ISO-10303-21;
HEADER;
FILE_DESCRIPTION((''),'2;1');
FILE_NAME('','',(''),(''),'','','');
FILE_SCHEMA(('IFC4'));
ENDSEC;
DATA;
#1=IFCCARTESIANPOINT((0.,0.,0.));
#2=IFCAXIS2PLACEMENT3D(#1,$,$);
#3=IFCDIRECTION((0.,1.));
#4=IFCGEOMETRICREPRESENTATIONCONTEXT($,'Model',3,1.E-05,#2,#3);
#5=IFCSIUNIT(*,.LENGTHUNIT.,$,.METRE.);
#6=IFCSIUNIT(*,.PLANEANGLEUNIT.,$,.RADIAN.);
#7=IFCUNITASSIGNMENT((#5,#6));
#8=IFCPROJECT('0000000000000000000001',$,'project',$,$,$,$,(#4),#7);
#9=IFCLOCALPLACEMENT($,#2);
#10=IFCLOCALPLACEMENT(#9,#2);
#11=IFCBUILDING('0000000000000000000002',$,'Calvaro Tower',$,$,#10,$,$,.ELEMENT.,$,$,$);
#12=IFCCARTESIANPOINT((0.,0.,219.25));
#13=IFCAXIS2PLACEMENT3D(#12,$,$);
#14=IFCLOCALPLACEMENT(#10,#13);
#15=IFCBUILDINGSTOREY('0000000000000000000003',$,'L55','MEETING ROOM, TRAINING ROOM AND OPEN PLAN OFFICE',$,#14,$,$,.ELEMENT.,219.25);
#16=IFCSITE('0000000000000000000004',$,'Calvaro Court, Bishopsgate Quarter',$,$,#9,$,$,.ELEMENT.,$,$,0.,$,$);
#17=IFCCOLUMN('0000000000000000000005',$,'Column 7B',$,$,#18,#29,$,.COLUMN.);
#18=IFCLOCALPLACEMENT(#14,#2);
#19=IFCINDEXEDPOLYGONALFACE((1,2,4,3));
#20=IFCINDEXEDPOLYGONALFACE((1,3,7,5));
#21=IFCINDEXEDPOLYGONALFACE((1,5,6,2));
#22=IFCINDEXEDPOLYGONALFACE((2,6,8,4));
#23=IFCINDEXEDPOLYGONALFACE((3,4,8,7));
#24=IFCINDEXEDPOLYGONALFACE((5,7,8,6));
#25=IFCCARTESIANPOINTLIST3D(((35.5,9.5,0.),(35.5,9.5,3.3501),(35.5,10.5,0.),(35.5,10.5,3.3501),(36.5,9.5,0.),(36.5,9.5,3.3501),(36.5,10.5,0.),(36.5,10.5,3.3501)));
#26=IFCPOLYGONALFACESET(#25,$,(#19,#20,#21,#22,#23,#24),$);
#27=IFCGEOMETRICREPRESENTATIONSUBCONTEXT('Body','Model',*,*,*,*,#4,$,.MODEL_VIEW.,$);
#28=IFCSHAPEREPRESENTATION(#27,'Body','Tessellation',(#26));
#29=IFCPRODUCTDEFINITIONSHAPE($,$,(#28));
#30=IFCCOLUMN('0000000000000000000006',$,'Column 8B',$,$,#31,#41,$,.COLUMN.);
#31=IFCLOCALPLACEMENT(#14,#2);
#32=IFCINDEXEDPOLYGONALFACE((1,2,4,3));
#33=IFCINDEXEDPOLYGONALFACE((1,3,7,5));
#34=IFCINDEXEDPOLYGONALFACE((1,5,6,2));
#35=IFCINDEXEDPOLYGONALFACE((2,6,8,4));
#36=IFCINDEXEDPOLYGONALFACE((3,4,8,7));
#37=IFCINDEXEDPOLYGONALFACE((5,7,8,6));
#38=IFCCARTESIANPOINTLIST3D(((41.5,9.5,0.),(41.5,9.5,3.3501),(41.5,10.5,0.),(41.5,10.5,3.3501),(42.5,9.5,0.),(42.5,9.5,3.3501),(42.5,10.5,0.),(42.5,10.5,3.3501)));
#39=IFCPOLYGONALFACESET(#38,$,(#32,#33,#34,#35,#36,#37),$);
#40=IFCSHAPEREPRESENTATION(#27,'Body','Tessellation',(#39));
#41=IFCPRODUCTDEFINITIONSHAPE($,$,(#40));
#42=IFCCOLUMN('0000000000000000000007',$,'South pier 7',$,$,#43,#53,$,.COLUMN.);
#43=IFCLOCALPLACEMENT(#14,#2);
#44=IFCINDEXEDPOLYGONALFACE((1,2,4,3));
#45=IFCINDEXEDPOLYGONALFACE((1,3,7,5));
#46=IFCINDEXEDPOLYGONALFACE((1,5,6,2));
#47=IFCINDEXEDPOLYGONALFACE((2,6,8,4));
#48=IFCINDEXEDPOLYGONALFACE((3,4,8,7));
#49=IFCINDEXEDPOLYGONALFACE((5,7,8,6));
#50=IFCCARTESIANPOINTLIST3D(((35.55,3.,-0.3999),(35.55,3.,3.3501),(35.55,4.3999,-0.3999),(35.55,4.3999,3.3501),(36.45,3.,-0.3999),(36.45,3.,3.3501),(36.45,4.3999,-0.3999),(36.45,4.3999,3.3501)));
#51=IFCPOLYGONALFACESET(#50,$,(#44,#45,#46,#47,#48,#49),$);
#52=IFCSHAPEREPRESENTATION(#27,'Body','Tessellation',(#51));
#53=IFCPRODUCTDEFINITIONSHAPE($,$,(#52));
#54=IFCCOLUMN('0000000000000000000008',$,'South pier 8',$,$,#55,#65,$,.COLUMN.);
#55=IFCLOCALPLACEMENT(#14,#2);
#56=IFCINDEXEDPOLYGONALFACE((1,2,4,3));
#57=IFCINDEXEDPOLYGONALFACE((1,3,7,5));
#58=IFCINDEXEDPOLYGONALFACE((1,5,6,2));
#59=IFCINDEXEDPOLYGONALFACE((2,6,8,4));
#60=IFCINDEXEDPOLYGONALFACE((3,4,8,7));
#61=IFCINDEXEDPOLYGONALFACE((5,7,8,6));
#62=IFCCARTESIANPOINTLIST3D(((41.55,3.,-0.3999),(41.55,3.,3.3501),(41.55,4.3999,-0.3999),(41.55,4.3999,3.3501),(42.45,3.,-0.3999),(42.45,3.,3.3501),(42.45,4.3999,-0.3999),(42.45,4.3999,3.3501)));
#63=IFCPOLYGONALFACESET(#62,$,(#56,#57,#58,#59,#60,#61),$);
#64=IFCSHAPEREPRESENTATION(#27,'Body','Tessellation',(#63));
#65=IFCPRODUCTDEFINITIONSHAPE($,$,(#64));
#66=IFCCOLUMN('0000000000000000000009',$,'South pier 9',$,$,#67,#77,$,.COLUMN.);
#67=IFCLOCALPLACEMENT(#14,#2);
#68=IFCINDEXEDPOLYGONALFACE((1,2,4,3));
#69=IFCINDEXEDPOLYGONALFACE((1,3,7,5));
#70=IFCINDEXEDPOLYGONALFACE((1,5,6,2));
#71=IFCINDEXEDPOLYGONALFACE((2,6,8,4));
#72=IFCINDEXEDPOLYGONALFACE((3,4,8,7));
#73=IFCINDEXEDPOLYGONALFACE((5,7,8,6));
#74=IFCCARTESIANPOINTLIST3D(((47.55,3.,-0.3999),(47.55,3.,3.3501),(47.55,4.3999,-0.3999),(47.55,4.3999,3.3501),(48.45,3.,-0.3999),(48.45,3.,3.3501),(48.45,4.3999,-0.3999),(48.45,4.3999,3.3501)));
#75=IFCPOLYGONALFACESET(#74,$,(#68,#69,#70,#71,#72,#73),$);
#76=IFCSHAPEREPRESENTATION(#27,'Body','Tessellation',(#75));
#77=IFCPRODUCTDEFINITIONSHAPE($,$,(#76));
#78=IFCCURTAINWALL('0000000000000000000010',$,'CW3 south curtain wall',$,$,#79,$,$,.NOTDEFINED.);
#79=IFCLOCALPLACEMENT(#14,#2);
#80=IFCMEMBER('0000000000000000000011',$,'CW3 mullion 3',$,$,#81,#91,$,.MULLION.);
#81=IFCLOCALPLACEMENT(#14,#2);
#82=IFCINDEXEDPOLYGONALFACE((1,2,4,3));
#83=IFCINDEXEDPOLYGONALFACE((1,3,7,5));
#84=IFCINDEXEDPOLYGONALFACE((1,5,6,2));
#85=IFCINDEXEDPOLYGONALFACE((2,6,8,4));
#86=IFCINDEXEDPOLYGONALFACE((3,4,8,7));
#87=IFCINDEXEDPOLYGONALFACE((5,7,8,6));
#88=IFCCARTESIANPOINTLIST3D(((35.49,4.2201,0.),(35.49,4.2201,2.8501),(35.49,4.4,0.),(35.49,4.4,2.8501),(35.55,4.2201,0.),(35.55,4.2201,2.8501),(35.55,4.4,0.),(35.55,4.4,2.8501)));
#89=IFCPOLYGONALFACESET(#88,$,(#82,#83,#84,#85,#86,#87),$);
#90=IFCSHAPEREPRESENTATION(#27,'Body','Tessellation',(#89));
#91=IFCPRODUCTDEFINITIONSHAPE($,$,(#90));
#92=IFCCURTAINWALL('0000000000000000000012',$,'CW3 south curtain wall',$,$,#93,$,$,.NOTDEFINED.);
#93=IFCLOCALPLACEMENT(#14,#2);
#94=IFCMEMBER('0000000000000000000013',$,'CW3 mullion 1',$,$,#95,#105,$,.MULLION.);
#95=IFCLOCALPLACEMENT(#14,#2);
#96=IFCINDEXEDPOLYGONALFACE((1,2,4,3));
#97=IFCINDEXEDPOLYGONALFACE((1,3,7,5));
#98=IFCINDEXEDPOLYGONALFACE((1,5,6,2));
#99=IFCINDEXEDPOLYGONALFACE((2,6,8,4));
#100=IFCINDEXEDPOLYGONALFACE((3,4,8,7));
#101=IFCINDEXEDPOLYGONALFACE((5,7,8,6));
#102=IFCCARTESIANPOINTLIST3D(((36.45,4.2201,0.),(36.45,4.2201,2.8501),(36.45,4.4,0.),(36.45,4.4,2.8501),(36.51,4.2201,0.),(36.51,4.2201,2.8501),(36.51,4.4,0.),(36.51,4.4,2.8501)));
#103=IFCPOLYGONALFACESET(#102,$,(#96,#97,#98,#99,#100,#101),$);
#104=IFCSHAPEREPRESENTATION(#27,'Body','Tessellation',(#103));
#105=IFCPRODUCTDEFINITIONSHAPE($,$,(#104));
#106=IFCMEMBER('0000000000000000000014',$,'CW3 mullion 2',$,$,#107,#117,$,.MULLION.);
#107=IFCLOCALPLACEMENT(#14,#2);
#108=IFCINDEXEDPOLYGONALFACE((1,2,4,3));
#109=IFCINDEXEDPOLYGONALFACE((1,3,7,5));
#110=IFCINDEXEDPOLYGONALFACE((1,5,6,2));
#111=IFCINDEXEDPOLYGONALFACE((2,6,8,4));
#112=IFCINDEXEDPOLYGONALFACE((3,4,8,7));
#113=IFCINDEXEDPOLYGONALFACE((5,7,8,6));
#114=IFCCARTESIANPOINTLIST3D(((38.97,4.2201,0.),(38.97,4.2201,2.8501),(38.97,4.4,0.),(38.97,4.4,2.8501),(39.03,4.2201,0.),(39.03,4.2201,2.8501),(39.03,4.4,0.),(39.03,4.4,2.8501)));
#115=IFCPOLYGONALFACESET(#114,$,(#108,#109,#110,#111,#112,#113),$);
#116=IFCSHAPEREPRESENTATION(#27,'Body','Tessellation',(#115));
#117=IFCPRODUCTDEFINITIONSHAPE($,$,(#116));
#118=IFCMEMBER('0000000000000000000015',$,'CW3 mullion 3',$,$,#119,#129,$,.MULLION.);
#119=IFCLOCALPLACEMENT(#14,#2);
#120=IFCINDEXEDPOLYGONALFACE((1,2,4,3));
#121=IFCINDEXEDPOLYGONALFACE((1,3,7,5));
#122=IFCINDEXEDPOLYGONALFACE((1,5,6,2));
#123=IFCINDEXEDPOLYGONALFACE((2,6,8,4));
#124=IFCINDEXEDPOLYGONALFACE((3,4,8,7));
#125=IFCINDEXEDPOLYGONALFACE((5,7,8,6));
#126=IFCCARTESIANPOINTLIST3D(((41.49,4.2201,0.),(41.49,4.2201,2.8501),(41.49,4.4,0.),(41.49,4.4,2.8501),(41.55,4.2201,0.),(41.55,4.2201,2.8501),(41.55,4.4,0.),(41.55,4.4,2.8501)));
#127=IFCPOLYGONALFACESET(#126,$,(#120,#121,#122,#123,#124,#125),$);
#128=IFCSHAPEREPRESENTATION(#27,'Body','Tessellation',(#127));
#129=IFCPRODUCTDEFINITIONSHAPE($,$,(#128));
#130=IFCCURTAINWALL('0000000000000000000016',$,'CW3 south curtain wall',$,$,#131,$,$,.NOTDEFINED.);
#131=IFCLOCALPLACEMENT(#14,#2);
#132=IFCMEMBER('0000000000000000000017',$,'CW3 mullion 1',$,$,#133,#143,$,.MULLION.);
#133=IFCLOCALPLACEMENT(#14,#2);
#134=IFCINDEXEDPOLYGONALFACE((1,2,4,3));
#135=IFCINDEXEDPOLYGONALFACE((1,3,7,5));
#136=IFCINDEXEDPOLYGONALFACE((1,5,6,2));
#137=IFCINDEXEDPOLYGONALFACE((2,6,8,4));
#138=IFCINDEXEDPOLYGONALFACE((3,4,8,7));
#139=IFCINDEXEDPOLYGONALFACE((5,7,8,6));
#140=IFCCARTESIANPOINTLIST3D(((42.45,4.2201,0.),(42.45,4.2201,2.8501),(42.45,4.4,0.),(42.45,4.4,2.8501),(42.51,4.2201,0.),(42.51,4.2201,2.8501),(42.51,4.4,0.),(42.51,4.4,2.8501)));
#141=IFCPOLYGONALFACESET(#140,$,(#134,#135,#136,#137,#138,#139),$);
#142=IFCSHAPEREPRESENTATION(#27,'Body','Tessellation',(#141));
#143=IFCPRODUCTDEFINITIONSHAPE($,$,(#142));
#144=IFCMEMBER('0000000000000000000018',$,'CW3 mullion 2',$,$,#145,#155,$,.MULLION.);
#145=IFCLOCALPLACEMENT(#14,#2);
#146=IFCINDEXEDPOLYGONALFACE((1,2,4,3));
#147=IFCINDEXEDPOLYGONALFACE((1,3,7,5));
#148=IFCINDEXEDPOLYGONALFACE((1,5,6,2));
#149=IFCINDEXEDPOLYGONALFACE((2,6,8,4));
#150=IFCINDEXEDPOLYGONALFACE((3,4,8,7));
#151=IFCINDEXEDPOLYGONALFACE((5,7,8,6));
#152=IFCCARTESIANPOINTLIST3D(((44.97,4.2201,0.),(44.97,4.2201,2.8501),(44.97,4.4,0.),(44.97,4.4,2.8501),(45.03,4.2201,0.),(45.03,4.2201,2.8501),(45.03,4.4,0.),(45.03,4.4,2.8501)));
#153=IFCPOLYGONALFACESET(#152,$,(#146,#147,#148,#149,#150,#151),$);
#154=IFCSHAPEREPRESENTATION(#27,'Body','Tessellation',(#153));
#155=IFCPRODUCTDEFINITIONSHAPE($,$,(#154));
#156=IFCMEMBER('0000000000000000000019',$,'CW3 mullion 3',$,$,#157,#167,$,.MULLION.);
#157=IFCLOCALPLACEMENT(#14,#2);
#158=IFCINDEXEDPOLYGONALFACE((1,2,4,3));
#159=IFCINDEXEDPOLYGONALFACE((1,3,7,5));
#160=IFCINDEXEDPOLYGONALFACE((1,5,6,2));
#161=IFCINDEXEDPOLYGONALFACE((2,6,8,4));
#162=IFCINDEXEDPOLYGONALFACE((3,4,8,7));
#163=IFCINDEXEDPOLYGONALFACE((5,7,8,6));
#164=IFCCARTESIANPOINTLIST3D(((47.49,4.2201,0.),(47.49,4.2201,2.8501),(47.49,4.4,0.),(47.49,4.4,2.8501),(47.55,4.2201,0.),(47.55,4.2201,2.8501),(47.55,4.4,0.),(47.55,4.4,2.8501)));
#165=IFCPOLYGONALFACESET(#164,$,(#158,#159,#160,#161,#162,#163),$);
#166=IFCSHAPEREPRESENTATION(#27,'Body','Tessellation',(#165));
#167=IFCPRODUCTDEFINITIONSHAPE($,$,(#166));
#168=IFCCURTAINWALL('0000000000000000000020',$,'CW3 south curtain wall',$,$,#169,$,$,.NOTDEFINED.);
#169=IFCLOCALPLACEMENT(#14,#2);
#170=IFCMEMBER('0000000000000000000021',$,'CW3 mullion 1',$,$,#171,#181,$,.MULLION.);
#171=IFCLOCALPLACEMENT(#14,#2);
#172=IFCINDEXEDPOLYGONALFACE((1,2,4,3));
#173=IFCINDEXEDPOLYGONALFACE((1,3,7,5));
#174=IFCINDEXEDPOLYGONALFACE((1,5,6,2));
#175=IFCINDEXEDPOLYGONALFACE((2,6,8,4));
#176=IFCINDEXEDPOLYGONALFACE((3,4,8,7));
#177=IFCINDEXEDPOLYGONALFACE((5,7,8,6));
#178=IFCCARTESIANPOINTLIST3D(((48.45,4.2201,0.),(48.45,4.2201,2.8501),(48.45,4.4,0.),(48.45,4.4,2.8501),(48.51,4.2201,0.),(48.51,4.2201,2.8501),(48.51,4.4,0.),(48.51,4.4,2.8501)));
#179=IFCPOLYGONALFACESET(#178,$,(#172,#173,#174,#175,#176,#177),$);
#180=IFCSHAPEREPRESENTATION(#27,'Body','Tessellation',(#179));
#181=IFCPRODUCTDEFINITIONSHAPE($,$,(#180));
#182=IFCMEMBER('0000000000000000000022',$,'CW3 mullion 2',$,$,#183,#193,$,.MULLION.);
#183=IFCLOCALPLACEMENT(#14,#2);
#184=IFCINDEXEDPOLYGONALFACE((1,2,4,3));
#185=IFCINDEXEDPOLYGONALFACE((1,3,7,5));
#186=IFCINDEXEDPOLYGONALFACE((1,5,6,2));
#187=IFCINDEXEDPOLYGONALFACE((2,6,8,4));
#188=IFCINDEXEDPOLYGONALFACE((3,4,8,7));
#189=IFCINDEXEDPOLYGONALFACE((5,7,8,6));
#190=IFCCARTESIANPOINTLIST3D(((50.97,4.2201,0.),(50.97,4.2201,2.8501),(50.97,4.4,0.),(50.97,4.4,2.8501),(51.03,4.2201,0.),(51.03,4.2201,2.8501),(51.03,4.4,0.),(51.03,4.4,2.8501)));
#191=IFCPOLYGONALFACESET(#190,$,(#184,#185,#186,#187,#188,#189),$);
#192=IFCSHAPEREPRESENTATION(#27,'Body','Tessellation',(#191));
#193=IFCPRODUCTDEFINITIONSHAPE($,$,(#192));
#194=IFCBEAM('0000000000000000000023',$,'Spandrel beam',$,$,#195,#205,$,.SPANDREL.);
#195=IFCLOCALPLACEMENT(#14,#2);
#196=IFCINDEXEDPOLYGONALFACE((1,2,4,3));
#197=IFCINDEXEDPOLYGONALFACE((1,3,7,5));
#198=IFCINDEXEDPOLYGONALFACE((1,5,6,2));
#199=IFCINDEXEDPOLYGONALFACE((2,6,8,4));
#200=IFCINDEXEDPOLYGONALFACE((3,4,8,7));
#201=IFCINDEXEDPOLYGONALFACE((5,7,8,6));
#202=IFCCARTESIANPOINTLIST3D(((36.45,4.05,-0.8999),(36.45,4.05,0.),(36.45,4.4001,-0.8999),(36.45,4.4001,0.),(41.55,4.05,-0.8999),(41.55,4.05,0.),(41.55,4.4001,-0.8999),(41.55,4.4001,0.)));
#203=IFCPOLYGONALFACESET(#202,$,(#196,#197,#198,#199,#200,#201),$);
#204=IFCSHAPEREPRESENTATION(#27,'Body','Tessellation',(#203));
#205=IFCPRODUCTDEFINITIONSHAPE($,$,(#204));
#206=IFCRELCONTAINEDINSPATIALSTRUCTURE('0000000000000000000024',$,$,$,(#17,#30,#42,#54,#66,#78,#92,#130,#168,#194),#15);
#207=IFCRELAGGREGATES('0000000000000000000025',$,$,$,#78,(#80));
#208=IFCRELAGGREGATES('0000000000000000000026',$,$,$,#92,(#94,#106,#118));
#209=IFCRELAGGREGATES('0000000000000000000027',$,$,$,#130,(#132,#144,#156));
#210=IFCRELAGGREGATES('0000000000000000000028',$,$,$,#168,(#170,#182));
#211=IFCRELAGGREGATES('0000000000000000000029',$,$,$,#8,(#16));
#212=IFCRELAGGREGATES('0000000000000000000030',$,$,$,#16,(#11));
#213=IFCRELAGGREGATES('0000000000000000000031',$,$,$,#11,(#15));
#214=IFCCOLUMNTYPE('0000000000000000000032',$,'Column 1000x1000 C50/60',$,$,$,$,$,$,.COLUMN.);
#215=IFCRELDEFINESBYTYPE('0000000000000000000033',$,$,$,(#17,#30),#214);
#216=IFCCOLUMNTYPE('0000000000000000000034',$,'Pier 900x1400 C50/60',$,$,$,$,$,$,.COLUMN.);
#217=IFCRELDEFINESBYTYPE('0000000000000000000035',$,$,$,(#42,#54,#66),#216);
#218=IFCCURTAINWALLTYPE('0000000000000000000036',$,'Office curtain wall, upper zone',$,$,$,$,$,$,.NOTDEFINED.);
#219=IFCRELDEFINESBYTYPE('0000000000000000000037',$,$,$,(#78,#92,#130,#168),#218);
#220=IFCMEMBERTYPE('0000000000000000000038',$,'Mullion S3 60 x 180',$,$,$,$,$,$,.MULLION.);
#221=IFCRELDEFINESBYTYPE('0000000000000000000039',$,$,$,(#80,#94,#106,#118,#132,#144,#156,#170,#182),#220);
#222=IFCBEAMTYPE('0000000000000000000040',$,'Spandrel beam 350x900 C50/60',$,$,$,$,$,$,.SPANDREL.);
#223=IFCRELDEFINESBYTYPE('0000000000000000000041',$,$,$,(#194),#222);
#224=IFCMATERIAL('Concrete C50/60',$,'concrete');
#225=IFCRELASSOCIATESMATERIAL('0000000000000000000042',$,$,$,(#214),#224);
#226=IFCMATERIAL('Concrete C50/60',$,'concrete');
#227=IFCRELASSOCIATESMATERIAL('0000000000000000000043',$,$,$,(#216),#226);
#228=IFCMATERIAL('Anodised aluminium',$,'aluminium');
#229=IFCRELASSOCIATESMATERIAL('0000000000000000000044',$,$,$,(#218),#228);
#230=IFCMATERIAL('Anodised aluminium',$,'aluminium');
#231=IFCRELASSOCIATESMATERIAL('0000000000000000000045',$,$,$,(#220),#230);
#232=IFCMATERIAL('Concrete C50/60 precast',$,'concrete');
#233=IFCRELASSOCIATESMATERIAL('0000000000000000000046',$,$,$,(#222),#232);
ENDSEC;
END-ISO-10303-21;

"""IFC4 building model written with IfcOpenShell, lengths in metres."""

from ifc_helpers import new_model, si_unit, direction, frame, origin, origin_2d, place, context, subcontext, project, spatial, rectangle, extrude, material, material_profile, profile_set, type_object, element, aggregate, save


model = new_model("IFC4")

# Units and contexts
model_context = context("Model", 3, precision=1e-05, world=origin(), true_north=direction((0.0, 1.0)))
body_context = subcontext(model_context, "Body", "Model", "MODEL_VIEW")
ifc_project = project(units=[si_unit("LENGTHUNIT", "METRE"), si_unit("PLANEANGLEUNIT", "RADIAN")], contexts=[model_context])

# Site, building, storey
site_placement = place(None, origin())
site = spatial("IfcSite", under=ifc_project, at=site_placement, Name="Calvaro Court, Bishopsgate Quarter", CompositionType="ELEMENT", RefElevation=0.0)
building_placement = place(site_placement, origin())
building = spatial("IfcBuilding", under=site, at=building_placement, Name="Calvaro Tower", CompositionType="ELEMENT")
storey_placement = place(building_placement, frame((0.0, 0.0, 219.25)))
storey = spatial("IfcBuildingStorey", under=building, at=storey_placement, Name="L55", Description="MEETING ROOM, TRAINING ROOM AND OPEN PLAN OFFICE", CompositionType="ELEMENT", Elevation=219.25)

# Columns
ifc_material_1 = material(Name="Concrete C50/60", Category="concrete")
ifc_material_profile_1 = material_profile(ifc_material_1, rectangle(XDim=1.0, YDim=1.0, at=origin_2d()), Name="RC 1000x1000")
ifc_profile_set_1 = profile_set([ifc_material_profile_1], Name="Concrete C50/60")
column_type_1 = type_object("IfcColumnType", Name="Column 1000x1000 C50/60", PredefinedType="COLUMN", material=ifc_profile_set_1)
for number, where, z_axis, x_axis, name in (
    (1, (36.0, 10.0, 0.0), (0.0, 0.0, 1.0), (1.0, 0.0, 0.0), "Column 7B"),
    (2, (42.0, 10.0, 0.0), (0.0, 0.0, 1.0), (1.0, 0.0, 0.0), "Column 8B"),
):
    element("IfcColumn", number, at=place(storey_placement, frame(where, z_axis=z_axis, x_axis=x_axis)), inside=storey, type_object=column_type_1, Name=name, PredefinedType="COLUMN", context=body_context, shape_type="SweptSolid", body=[
        extrude(rectangle(XDim=1.0, YDim=1.0, at=origin_2d()), origin(), (0.0, 0.0, 1.0), 3.3501),
    ])
ifc_material_2 = material(Name="Concrete C50/60", Category="concrete")
ifc_material_profile_2 = material_profile(ifc_material_2, rectangle(XDim=0.8999, YDim=1.3999, at=origin_2d()), Name="RC 900x1400")
ifc_profile_set_2 = profile_set([ifc_material_profile_2], Name="Concrete C50/60")
column_type_2 = type_object("IfcColumnType", Name="Pier 900x1400 C50/60", PredefinedType="COLUMN", material=ifc_profile_set_2)
for number, where, z_axis, x_axis, name in (
    (3, (36.0, 3.7, -0.3999), (0.0, 0.0, 1.0), (1.0, 0.0, 0.0), "South pier 7"),
    (4, (42.0, 3.7, -0.3999), (0.0, 0.0, 1.0), (1.0, 0.0, 0.0), "South pier 8"),
    (5, (48.0, 3.7, -0.3999), (0.0, 0.0, 1.0), (1.0, 0.0, 0.0), "South pier 9"),
):
    element("IfcColumn", number, at=place(storey_placement, frame(where, z_axis=z_axis, x_axis=x_axis)), inside=storey, type_object=column_type_2, Name=name, PredefinedType="COLUMN", context=body_context, shape_type="SweptSolid", body=[
        extrude(rectangle(XDim=0.8999, YDim=1.3999, at=origin_2d()), origin(), (0.0, 0.0, 1.0), 3.75),
    ])

# Curtain wall, member
ifc_material_3 = material(Name="Anodised aluminium", Category="aluminium")
curtain_wall_type = type_object("IfcCurtainWallType", Name="Office curtain wall, upper zone", PredefinedType="NOTDEFINED", material=ifc_material_3)
curtain_wall_1_placement = place(storey_placement, origin())
curtain_wall_1 = element("IfcCurtainWall", 6, at=curtain_wall_1_placement, inside=storey, type_object=curtain_wall_type, Name="CW3 south curtain wall", PredefinedType="NOTDEFINED")
ifc_material_4 = material(Name="Anodised aluminium", Category="aluminium")
ifc_material_profile_3 = material_profile(ifc_material_4, rectangle(XDim=0.1799, YDim=0.0601, at=origin_2d()), Name="Mullion S3 60 x 180")
ifc_profile_set_3 = profile_set([ifc_material_profile_3], Name="Anodised aluminium")
member_type_1 = type_object("IfcMemberType", Name="Mullion S3 60 x 180", PredefinedType="MULLION", material=ifc_profile_set_3)
member_1_placement = place(storey_placement, frame((35.52, 4.3101, 0.0), z_axis=(0.0, 0.0, 1.0), x_axis=(0.0, 1.0, 0.0)))
member_1 = element("IfcMember", 7, at=member_1_placement, type_object=member_type_1, Name="CW3 mullion 3", PredefinedType="MULLION", context=body_context, shape_type="SweptSolid", body=[
    extrude(rectangle(XDim=0.1799, YDim=0.0601, at=origin_2d()), origin(), (0.0, 0.0, 1.0), 2.8501),
])
aggregate(curtain_wall_1, [member_1])

# Curtain walls, members
curtain_wall_2_placement = place(storey_placement, origin())
curtain_wall_2 = element("IfcCurtainWall", 8, at=curtain_wall_2_placement, inside=storey, type_object=curtain_wall_type, Name="CW3 south curtain wall", PredefinedType="NOTDEFINED")
member_2_placement = place(storey_placement, frame((36.48, 4.3101, 0.0), z_axis=(0.0, 0.0, 1.0), x_axis=(0.0, 1.0, 0.0)))
member_2 = element("IfcMember", 9, at=member_2_placement, type_object=member_type_1, Name="CW3 mullion 1", PredefinedType="MULLION", context=body_context, shape_type="SweptSolid", body=[
    extrude(rectangle(XDim=0.1799, YDim=0.0601, at=origin_2d()), origin(), (0.0, 0.0, 1.0), 2.8501),
])
member_3_placement = place(storey_placement, frame((39.0, 4.3101, 0.0), z_axis=(0.0, 0.0, 1.0), x_axis=(0.0, 1.0, 0.0)))
member_3 = element("IfcMember", 10, at=member_3_placement, type_object=member_type_1, Name="CW3 mullion 2", PredefinedType="MULLION", context=body_context, shape_type="SweptSolid", body=[
    extrude(rectangle(XDim=0.1799, YDim=0.0601, at=origin_2d()), origin(), (0.0, 0.0, 1.0), 2.8501),
])
member_4_placement = place(storey_placement, frame((41.52, 4.3101, 0.0), z_axis=(0.0, 0.0, 1.0), x_axis=(0.0, 1.0, 0.0)))
member_4 = element("IfcMember", 11, at=member_4_placement, type_object=member_type_1, Name="CW3 mullion 3", PredefinedType="MULLION", context=body_context, shape_type="SweptSolid", body=[
    extrude(rectangle(XDim=0.1799, YDim=0.0601, at=origin_2d()), origin(), (0.0, 0.0, 1.0), 2.8501),
])
curtain_wall_3_placement = place(storey_placement, origin())
curtain_wall_3 = element("IfcCurtainWall", 12, at=curtain_wall_3_placement, inside=storey, type_object=curtain_wall_type, Name="CW3 south curtain wall", PredefinedType="NOTDEFINED")
member_5_placement = place(storey_placement, frame((42.48, 4.3101, 0.0), z_axis=(0.0, 0.0, 1.0), x_axis=(0.0, 1.0, 0.0)))
member_5 = element("IfcMember", 13, at=member_5_placement, type_object=member_type_1, Name="CW3 mullion 1", PredefinedType="MULLION", context=body_context, shape_type="SweptSolid", body=[
    extrude(rectangle(XDim=0.1799, YDim=0.0601, at=origin_2d()), origin(), (0.0, 0.0, 1.0), 2.8501),
])
member_6_placement = place(storey_placement, frame((45.0, 4.3101, 0.0), z_axis=(0.0, 0.0, 1.0), x_axis=(0.0, 1.0, 0.0)))
member_6 = element("IfcMember", 14, at=member_6_placement, type_object=member_type_1, Name="CW3 mullion 2", PredefinedType="MULLION", context=body_context, shape_type="SweptSolid", body=[
    extrude(rectangle(XDim=0.1799, YDim=0.0601, at=origin_2d()), origin(), (0.0, 0.0, 1.0), 2.8501),
])
member_7_placement = place(storey_placement, frame((47.52, 4.3101, 0.0), z_axis=(0.0, 0.0, 1.0), x_axis=(0.0, 1.0, 0.0)))
member_7 = element("IfcMember", 15, at=member_7_placement, type_object=member_type_1, Name="CW3 mullion 3", PredefinedType="MULLION", context=body_context, shape_type="SweptSolid", body=[
    extrude(rectangle(XDim=0.1799, YDim=0.0601, at=origin_2d()), origin(), (0.0, 0.0, 1.0), 2.8501),
])
curtain_wall_4_placement = place(storey_placement, origin())
curtain_wall_4 = element("IfcCurtainWall", 16, at=curtain_wall_4_placement, inside=storey, type_object=curtain_wall_type, Name="CW3 south curtain wall", PredefinedType="NOTDEFINED")
member_8_placement = place(storey_placement, frame((48.48, 4.3101, 0.0), z_axis=(0.0, 0.0, 1.0), x_axis=(0.0, 1.0, 0.0)))
member_8 = element("IfcMember", 17, at=member_8_placement, type_object=member_type_1, Name="CW3 mullion 1", PredefinedType="MULLION", context=body_context, shape_type="SweptSolid", body=[
    extrude(rectangle(XDim=0.1799, YDim=0.0601, at=origin_2d()), origin(), (0.0, 0.0, 1.0), 2.8501),
])
member_9_placement = place(storey_placement, frame((51.0, 4.3101, 0.0), z_axis=(0.0, 0.0, 1.0), x_axis=(0.0, 1.0, 0.0)))
member_9 = element("IfcMember", 18, at=member_9_placement, type_object=member_type_1, Name="CW3 mullion 2", PredefinedType="MULLION", context=body_context, shape_type="SweptSolid", body=[
    extrude(rectangle(XDim=0.1799, YDim=0.0601, at=origin_2d()), origin(), (0.0, 0.0, 1.0), 2.8501),
])

# Beam
ifc_material_5 = material(Name="Concrete C50/60 precast", Category="concrete")
ifc_material_profile_4 = material_profile(ifc_material_5, rectangle(XDim=0.3501, YDim=0.8999, at=origin_2d()), Name="RC 350x900")
ifc_profile_set_4 = profile_set([ifc_material_profile_4], Name="Concrete C50/60 precast")
beam_type = type_object("IfcBeamType", Name="Spandrel beam 350x900 C50/60", PredefinedType="SPANDREL", material=ifc_profile_set_4)
for number, where, z_axis, x_axis, name in (
    (19, (36.45, 4.2251, -0.45), (1.0, 0.0, 0.0), (0.0, 1.0, 0.0), "Spandrel beam"),
):
    element("IfcBeam", number, at=place(storey_placement, frame(where, z_axis=z_axis, x_axis=x_axis)), inside=storey, type_object=beam_type, Name=name, PredefinedType="SPANDREL", context=body_context, shape_type="SweptSolid", body=[
        extrude(rectangle(XDim=0.3501, YDim=0.8999, at=origin_2d()), origin(), (0.0, 0.0, 1.0), 5.1001),
    ])

aggregate(curtain_wall_2, [member_2, member_3, member_4])
aggregate(curtain_wall_3, [member_5, member_6, member_7])
aggregate(curtain_wall_4, [member_8, member_9])

save(model, "model.ifc")
